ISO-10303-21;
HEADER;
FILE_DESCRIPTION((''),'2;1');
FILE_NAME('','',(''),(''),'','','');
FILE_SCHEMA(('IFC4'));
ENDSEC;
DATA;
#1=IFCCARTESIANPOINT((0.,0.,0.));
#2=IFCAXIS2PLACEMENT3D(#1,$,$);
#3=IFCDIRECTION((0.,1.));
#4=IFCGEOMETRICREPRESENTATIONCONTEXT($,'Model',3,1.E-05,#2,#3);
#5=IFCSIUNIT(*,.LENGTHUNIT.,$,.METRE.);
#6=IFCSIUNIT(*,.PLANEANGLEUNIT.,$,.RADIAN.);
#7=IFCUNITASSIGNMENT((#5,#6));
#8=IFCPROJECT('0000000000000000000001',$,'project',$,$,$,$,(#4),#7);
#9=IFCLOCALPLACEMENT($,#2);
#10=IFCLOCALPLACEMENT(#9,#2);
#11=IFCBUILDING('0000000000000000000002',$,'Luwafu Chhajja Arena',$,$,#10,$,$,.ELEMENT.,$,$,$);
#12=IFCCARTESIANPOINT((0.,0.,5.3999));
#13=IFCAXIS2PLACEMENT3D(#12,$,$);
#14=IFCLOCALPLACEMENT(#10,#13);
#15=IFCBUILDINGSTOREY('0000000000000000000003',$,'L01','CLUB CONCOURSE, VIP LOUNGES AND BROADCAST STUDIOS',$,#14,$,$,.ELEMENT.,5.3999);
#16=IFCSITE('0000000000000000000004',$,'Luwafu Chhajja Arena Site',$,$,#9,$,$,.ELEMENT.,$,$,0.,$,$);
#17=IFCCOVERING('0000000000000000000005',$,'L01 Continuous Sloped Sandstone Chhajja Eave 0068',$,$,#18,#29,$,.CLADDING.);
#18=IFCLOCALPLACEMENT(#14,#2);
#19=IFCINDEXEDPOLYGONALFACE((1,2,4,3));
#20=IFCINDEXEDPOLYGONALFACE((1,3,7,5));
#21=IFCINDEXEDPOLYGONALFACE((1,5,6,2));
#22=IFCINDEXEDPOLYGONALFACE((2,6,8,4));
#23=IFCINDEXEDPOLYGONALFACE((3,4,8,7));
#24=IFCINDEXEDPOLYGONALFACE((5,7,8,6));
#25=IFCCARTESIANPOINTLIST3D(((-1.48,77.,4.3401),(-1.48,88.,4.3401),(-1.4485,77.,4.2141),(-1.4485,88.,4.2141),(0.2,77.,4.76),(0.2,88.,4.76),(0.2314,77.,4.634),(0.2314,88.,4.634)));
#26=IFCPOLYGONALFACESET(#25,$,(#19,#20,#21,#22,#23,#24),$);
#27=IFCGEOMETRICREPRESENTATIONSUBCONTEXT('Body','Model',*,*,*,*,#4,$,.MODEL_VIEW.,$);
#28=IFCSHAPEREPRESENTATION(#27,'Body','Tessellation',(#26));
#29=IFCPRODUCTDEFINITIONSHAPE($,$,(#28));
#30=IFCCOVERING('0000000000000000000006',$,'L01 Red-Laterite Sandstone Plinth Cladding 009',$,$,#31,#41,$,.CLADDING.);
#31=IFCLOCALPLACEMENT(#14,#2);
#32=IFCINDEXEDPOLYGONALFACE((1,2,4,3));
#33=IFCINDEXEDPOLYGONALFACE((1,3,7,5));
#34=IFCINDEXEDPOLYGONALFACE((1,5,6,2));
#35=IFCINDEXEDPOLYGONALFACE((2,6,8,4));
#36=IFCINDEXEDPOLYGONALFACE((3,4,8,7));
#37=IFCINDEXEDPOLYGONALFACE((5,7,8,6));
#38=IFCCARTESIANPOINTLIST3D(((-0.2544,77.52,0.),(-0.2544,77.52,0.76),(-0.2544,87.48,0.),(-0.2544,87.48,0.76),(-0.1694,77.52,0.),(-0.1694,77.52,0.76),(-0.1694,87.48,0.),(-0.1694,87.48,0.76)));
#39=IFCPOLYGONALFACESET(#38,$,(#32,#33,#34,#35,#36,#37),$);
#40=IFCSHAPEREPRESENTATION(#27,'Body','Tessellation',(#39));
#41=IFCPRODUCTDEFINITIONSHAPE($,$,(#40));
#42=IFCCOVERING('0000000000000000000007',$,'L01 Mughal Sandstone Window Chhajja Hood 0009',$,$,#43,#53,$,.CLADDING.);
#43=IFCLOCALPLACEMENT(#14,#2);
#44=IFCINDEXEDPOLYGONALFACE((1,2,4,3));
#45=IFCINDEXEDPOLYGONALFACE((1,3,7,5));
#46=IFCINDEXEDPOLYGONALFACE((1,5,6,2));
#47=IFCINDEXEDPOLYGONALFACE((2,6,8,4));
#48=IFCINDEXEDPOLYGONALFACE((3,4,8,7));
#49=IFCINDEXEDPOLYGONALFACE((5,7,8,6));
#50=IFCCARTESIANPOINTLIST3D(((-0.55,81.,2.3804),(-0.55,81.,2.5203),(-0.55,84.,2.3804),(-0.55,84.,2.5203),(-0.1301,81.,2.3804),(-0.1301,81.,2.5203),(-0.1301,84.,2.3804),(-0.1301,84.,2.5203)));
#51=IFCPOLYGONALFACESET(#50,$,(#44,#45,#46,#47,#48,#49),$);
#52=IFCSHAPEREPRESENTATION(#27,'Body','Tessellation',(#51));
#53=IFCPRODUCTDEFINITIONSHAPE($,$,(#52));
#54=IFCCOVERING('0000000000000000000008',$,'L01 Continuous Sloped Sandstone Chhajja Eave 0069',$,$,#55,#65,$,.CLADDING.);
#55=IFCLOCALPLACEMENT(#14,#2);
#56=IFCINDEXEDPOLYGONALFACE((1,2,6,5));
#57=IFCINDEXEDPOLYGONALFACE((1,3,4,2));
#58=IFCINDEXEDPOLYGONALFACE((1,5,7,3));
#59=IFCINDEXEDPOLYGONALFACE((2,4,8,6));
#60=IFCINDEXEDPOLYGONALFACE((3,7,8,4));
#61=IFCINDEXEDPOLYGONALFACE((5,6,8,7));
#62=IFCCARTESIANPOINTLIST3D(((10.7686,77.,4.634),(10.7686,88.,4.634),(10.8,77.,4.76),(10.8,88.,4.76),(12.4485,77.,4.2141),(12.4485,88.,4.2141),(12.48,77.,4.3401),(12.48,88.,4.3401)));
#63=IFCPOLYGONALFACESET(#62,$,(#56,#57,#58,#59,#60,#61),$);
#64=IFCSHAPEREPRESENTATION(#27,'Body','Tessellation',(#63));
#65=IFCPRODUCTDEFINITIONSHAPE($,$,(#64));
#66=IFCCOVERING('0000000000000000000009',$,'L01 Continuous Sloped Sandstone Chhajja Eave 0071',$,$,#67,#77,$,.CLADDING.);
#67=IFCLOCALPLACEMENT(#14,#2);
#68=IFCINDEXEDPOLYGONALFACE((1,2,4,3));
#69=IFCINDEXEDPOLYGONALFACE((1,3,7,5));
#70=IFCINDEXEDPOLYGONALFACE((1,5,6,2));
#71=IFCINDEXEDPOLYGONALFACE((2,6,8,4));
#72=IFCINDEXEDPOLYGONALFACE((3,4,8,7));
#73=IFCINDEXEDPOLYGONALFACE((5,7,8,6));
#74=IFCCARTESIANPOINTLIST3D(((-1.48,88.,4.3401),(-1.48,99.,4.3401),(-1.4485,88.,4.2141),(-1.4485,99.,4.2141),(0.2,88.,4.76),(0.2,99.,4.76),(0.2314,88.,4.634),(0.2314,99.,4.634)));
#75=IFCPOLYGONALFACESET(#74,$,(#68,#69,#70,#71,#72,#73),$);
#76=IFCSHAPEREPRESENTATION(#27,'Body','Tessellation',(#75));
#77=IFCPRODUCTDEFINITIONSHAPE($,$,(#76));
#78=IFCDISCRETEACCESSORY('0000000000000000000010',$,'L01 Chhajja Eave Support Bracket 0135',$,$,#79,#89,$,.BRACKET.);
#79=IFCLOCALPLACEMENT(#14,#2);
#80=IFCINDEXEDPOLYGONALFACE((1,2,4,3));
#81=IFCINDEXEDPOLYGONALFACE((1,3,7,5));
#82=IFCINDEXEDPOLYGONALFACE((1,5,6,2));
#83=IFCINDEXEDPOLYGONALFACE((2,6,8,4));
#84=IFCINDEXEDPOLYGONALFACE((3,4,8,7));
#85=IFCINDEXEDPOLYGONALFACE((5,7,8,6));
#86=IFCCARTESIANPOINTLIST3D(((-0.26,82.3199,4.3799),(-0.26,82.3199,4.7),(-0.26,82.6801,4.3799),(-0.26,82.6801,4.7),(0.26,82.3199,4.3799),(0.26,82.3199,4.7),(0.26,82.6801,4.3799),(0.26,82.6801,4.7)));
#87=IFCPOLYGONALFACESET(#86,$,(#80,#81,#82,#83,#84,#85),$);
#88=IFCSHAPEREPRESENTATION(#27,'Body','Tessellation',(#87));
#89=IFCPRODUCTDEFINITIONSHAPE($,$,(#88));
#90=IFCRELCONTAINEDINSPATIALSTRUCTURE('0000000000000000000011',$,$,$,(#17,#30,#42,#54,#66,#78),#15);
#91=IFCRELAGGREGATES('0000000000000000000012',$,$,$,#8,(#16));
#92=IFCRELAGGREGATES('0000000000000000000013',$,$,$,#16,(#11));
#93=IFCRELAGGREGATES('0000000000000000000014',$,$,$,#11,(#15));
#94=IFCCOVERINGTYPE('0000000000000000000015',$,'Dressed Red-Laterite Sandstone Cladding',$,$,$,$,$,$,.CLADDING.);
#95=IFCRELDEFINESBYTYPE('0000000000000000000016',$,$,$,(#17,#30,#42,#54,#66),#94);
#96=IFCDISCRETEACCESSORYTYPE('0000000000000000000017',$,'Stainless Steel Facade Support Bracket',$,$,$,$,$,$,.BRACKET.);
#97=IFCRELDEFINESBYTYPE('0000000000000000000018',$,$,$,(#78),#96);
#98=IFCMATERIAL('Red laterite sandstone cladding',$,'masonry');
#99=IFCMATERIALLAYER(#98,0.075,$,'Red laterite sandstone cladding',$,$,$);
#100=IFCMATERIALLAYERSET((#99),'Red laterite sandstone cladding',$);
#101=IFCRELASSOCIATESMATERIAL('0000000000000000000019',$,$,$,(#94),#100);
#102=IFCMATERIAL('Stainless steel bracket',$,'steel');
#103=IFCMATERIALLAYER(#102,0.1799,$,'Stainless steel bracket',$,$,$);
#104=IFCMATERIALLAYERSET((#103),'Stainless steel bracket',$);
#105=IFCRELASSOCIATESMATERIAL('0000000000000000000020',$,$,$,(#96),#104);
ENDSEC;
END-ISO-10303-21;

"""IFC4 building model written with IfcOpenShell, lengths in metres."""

from ifc_helpers import new_model, si_unit, direction, frame, origin, origin_2d, place, context, subcontext, project, spatial, polyline, rectangle, outline, extrude, material, layer, layer_set, type_object, element, save


model = new_model("IFC4")

# Units and contexts
model_context = context("Model", 3, precision=1e-05, world=origin(), true_north=direction((0.0, 1.0)))
body_context = subcontext(model_context, "Body", "Model", "MODEL_VIEW")
ifc_project = project(units=[si_unit("LENGTHUNIT", "METRE"), si_unit("PLANEANGLEUNIT", "RADIAN")], contexts=[model_context])

# Site, building, storey
site_placement = place(None, origin())
site = spatial("IfcSite", under=ifc_project, at=site_placement, Name="Luwafu Chhajja Arena Site", CompositionType="ELEMENT", RefElevation=0.0)
building_placement = place(site_placement, origin())
building = spatial("IfcBuilding", under=site, at=building_placement, Name="Luwafu Chhajja Arena", CompositionType="ELEMENT")
storey_placement = place(building_placement, frame((0.0, 0.0, 5.3999)))
storey = spatial("IfcBuildingStorey", under=building, at=storey_placement, Name="L01", Description="CLUB CONCOURSE, VIP LOUNGES AND BROADCAST STUDIOS", CompositionType="ELEMENT", Elevation=5.3999)

# Coverings
ifc_material_1 = material(Name="Red laterite sandstone cladding", Category="masonry")
ifc_layer_1 = layer(ifc_material_1, 0.075, Name="Red laterite sandstone cladding")
ifc_layer_set_1 = layer_set([ifc_layer_1], Name="Red laterite sandstone cladding")
covering_type = type_object("IfcCoveringType", Name="Dressed Red-Laterite Sandstone Cladding", PredefinedType="CLADDING", material=ifc_layer_set_1)
covering_1_placement = place(storey_placement, frame((0.2, 77.0, 4.76), z_axis=(-0.242502, 0.0, 0.970151), x_axis=(0.0, 1.0, 0.0)))
element("IfcCovering", 1, at=covering_1_placement, inside=storey, type_object=covering_type, Name="L01 Continuous Sloped Sandstone Chhajja Eave 0068", PredefinedType="CLADDING", context=body_context, shape_type="SweptSolid", body=[
    extrude(outline(polyline([(0.0, 0.0), (11.0, 0.0), (11.0, 1.7316), (0.0, 1.7316), (0.0, 0.0)])), origin(), (0.0, 0.0, -1.0), 0.1299),
])
covering_2_placement = place(storey_placement, frame((-0.2119, 82.5, 0.0), z_axis=(0.0, 0.0, 1.0), x_axis=(0.0, 1.0, 0.0)))
element("IfcCovering", 2, at=covering_2_placement, inside=storey, type_object=covering_type, Name="L01 Red-Laterite Sandstone Plinth Cladding 009", PredefinedType="CLADDING", context=body_context, shape_type="SweptSolid", body=[
    extrude(rectangle(XDim=9.96, YDim=0.085, at=origin_2d()), origin(), (0.0, 0.0, 1.0), 0.76),
])
covering_3_placement = place(storey_placement, frame((-0.3401, 82.5, 2.3804), z_axis=(0.0, 0.0, 1.0), x_axis=(0.0, 1.0, 0.0)))
element("IfcCovering", 3, at=covering_3_placement, inside=storey, type_object=covering_type, Name="L01 Mughal Sandstone Window Chhajja Hood 0009", PredefinedType="CLADDING", context=body_context, shape_type="SweptSolid", body=[
    extrude(rectangle(XDim=3.0, YDim=0.4199, at=origin_2d()), origin(), (0.0, 0.0, 1.0), 0.1399),
])
covering_4_placement = place(storey_placement, frame((10.8, 77.0, 4.76), z_axis=(0.242502, 0.0, 0.970151), x_axis=(0.0, 1.0, 0.0)))
element("IfcCovering", 4, at=covering_4_placement, inside=storey, type_object=covering_type, Name="L01 Continuous Sloped Sandstone Chhajja Eave 0069", PredefinedType="CLADDING", context=body_context, shape_type="SweptSolid", body=[
    extrude(outline(polyline([(0.0, 0.0), (11.0, 0.0), (11.0, -1.7316), (0.0, -1.7316), (0.0, 0.0)])), origin(), (0.0, 0.0, -1.0), 0.1299),
])
covering_5_placement = place(storey_placement, frame((0.2, 88.0, 4.76), z_axis=(-0.242502, 0.0, 0.970151), x_axis=(0.0, 1.0, 0.0)))
element("IfcCovering", 5, at=covering_5_placement, inside=storey, type_object=covering_type, Name="L01 Continuous Sloped Sandstone Chhajja Eave 0071", PredefinedType="CLADDING", context=body_context, shape_type="SweptSolid", body=[
    extrude(outline(polyline([(0.0, 0.0), (11.0, 0.0), (11.0, 1.7316), (0.0, 1.7316), (0.0, 0.0)])), origin(), (0.0, 0.0, -1.0), 0.1299),
])

# Discrete accessory
ifc_material_2 = material(Name="Stainless steel bracket", Category="steel")
ifc_layer_2 = layer(ifc_material_2, 0.1799, Name="Stainless steel bracket")
ifc_layer_set_2 = layer_set([ifc_layer_2], Name="Stainless steel bracket")
discrete_accessory_type = type_object("IfcDiscreteAccessoryType", Name="Stainless Steel Facade Support Bracket", PredefinedType="BRACKET", material=ifc_layer_set_2)
discrete_accessory_placement = place(storey_placement, frame((0.0, 82.5, 4.3799), z_axis=(0.0, 0.0, 1.0), x_axis=(0.0, 1.0, 0.0)))
element("IfcDiscreteAccessory", 6, at=discrete_accessory_placement, inside=storey, type_object=discrete_accessory_type, Name="L01 Chhajja Eave Support Bracket 0135", PredefinedType="BRACKET", context=body_context, shape_type="SweptSolid", body=[
    extrude(rectangle(XDim=0.3601, YDim=0.52, at=origin_2d()), origin(), (0.0, 0.0, 1.0), 0.3201),
])

save(model, "model.ifc")
